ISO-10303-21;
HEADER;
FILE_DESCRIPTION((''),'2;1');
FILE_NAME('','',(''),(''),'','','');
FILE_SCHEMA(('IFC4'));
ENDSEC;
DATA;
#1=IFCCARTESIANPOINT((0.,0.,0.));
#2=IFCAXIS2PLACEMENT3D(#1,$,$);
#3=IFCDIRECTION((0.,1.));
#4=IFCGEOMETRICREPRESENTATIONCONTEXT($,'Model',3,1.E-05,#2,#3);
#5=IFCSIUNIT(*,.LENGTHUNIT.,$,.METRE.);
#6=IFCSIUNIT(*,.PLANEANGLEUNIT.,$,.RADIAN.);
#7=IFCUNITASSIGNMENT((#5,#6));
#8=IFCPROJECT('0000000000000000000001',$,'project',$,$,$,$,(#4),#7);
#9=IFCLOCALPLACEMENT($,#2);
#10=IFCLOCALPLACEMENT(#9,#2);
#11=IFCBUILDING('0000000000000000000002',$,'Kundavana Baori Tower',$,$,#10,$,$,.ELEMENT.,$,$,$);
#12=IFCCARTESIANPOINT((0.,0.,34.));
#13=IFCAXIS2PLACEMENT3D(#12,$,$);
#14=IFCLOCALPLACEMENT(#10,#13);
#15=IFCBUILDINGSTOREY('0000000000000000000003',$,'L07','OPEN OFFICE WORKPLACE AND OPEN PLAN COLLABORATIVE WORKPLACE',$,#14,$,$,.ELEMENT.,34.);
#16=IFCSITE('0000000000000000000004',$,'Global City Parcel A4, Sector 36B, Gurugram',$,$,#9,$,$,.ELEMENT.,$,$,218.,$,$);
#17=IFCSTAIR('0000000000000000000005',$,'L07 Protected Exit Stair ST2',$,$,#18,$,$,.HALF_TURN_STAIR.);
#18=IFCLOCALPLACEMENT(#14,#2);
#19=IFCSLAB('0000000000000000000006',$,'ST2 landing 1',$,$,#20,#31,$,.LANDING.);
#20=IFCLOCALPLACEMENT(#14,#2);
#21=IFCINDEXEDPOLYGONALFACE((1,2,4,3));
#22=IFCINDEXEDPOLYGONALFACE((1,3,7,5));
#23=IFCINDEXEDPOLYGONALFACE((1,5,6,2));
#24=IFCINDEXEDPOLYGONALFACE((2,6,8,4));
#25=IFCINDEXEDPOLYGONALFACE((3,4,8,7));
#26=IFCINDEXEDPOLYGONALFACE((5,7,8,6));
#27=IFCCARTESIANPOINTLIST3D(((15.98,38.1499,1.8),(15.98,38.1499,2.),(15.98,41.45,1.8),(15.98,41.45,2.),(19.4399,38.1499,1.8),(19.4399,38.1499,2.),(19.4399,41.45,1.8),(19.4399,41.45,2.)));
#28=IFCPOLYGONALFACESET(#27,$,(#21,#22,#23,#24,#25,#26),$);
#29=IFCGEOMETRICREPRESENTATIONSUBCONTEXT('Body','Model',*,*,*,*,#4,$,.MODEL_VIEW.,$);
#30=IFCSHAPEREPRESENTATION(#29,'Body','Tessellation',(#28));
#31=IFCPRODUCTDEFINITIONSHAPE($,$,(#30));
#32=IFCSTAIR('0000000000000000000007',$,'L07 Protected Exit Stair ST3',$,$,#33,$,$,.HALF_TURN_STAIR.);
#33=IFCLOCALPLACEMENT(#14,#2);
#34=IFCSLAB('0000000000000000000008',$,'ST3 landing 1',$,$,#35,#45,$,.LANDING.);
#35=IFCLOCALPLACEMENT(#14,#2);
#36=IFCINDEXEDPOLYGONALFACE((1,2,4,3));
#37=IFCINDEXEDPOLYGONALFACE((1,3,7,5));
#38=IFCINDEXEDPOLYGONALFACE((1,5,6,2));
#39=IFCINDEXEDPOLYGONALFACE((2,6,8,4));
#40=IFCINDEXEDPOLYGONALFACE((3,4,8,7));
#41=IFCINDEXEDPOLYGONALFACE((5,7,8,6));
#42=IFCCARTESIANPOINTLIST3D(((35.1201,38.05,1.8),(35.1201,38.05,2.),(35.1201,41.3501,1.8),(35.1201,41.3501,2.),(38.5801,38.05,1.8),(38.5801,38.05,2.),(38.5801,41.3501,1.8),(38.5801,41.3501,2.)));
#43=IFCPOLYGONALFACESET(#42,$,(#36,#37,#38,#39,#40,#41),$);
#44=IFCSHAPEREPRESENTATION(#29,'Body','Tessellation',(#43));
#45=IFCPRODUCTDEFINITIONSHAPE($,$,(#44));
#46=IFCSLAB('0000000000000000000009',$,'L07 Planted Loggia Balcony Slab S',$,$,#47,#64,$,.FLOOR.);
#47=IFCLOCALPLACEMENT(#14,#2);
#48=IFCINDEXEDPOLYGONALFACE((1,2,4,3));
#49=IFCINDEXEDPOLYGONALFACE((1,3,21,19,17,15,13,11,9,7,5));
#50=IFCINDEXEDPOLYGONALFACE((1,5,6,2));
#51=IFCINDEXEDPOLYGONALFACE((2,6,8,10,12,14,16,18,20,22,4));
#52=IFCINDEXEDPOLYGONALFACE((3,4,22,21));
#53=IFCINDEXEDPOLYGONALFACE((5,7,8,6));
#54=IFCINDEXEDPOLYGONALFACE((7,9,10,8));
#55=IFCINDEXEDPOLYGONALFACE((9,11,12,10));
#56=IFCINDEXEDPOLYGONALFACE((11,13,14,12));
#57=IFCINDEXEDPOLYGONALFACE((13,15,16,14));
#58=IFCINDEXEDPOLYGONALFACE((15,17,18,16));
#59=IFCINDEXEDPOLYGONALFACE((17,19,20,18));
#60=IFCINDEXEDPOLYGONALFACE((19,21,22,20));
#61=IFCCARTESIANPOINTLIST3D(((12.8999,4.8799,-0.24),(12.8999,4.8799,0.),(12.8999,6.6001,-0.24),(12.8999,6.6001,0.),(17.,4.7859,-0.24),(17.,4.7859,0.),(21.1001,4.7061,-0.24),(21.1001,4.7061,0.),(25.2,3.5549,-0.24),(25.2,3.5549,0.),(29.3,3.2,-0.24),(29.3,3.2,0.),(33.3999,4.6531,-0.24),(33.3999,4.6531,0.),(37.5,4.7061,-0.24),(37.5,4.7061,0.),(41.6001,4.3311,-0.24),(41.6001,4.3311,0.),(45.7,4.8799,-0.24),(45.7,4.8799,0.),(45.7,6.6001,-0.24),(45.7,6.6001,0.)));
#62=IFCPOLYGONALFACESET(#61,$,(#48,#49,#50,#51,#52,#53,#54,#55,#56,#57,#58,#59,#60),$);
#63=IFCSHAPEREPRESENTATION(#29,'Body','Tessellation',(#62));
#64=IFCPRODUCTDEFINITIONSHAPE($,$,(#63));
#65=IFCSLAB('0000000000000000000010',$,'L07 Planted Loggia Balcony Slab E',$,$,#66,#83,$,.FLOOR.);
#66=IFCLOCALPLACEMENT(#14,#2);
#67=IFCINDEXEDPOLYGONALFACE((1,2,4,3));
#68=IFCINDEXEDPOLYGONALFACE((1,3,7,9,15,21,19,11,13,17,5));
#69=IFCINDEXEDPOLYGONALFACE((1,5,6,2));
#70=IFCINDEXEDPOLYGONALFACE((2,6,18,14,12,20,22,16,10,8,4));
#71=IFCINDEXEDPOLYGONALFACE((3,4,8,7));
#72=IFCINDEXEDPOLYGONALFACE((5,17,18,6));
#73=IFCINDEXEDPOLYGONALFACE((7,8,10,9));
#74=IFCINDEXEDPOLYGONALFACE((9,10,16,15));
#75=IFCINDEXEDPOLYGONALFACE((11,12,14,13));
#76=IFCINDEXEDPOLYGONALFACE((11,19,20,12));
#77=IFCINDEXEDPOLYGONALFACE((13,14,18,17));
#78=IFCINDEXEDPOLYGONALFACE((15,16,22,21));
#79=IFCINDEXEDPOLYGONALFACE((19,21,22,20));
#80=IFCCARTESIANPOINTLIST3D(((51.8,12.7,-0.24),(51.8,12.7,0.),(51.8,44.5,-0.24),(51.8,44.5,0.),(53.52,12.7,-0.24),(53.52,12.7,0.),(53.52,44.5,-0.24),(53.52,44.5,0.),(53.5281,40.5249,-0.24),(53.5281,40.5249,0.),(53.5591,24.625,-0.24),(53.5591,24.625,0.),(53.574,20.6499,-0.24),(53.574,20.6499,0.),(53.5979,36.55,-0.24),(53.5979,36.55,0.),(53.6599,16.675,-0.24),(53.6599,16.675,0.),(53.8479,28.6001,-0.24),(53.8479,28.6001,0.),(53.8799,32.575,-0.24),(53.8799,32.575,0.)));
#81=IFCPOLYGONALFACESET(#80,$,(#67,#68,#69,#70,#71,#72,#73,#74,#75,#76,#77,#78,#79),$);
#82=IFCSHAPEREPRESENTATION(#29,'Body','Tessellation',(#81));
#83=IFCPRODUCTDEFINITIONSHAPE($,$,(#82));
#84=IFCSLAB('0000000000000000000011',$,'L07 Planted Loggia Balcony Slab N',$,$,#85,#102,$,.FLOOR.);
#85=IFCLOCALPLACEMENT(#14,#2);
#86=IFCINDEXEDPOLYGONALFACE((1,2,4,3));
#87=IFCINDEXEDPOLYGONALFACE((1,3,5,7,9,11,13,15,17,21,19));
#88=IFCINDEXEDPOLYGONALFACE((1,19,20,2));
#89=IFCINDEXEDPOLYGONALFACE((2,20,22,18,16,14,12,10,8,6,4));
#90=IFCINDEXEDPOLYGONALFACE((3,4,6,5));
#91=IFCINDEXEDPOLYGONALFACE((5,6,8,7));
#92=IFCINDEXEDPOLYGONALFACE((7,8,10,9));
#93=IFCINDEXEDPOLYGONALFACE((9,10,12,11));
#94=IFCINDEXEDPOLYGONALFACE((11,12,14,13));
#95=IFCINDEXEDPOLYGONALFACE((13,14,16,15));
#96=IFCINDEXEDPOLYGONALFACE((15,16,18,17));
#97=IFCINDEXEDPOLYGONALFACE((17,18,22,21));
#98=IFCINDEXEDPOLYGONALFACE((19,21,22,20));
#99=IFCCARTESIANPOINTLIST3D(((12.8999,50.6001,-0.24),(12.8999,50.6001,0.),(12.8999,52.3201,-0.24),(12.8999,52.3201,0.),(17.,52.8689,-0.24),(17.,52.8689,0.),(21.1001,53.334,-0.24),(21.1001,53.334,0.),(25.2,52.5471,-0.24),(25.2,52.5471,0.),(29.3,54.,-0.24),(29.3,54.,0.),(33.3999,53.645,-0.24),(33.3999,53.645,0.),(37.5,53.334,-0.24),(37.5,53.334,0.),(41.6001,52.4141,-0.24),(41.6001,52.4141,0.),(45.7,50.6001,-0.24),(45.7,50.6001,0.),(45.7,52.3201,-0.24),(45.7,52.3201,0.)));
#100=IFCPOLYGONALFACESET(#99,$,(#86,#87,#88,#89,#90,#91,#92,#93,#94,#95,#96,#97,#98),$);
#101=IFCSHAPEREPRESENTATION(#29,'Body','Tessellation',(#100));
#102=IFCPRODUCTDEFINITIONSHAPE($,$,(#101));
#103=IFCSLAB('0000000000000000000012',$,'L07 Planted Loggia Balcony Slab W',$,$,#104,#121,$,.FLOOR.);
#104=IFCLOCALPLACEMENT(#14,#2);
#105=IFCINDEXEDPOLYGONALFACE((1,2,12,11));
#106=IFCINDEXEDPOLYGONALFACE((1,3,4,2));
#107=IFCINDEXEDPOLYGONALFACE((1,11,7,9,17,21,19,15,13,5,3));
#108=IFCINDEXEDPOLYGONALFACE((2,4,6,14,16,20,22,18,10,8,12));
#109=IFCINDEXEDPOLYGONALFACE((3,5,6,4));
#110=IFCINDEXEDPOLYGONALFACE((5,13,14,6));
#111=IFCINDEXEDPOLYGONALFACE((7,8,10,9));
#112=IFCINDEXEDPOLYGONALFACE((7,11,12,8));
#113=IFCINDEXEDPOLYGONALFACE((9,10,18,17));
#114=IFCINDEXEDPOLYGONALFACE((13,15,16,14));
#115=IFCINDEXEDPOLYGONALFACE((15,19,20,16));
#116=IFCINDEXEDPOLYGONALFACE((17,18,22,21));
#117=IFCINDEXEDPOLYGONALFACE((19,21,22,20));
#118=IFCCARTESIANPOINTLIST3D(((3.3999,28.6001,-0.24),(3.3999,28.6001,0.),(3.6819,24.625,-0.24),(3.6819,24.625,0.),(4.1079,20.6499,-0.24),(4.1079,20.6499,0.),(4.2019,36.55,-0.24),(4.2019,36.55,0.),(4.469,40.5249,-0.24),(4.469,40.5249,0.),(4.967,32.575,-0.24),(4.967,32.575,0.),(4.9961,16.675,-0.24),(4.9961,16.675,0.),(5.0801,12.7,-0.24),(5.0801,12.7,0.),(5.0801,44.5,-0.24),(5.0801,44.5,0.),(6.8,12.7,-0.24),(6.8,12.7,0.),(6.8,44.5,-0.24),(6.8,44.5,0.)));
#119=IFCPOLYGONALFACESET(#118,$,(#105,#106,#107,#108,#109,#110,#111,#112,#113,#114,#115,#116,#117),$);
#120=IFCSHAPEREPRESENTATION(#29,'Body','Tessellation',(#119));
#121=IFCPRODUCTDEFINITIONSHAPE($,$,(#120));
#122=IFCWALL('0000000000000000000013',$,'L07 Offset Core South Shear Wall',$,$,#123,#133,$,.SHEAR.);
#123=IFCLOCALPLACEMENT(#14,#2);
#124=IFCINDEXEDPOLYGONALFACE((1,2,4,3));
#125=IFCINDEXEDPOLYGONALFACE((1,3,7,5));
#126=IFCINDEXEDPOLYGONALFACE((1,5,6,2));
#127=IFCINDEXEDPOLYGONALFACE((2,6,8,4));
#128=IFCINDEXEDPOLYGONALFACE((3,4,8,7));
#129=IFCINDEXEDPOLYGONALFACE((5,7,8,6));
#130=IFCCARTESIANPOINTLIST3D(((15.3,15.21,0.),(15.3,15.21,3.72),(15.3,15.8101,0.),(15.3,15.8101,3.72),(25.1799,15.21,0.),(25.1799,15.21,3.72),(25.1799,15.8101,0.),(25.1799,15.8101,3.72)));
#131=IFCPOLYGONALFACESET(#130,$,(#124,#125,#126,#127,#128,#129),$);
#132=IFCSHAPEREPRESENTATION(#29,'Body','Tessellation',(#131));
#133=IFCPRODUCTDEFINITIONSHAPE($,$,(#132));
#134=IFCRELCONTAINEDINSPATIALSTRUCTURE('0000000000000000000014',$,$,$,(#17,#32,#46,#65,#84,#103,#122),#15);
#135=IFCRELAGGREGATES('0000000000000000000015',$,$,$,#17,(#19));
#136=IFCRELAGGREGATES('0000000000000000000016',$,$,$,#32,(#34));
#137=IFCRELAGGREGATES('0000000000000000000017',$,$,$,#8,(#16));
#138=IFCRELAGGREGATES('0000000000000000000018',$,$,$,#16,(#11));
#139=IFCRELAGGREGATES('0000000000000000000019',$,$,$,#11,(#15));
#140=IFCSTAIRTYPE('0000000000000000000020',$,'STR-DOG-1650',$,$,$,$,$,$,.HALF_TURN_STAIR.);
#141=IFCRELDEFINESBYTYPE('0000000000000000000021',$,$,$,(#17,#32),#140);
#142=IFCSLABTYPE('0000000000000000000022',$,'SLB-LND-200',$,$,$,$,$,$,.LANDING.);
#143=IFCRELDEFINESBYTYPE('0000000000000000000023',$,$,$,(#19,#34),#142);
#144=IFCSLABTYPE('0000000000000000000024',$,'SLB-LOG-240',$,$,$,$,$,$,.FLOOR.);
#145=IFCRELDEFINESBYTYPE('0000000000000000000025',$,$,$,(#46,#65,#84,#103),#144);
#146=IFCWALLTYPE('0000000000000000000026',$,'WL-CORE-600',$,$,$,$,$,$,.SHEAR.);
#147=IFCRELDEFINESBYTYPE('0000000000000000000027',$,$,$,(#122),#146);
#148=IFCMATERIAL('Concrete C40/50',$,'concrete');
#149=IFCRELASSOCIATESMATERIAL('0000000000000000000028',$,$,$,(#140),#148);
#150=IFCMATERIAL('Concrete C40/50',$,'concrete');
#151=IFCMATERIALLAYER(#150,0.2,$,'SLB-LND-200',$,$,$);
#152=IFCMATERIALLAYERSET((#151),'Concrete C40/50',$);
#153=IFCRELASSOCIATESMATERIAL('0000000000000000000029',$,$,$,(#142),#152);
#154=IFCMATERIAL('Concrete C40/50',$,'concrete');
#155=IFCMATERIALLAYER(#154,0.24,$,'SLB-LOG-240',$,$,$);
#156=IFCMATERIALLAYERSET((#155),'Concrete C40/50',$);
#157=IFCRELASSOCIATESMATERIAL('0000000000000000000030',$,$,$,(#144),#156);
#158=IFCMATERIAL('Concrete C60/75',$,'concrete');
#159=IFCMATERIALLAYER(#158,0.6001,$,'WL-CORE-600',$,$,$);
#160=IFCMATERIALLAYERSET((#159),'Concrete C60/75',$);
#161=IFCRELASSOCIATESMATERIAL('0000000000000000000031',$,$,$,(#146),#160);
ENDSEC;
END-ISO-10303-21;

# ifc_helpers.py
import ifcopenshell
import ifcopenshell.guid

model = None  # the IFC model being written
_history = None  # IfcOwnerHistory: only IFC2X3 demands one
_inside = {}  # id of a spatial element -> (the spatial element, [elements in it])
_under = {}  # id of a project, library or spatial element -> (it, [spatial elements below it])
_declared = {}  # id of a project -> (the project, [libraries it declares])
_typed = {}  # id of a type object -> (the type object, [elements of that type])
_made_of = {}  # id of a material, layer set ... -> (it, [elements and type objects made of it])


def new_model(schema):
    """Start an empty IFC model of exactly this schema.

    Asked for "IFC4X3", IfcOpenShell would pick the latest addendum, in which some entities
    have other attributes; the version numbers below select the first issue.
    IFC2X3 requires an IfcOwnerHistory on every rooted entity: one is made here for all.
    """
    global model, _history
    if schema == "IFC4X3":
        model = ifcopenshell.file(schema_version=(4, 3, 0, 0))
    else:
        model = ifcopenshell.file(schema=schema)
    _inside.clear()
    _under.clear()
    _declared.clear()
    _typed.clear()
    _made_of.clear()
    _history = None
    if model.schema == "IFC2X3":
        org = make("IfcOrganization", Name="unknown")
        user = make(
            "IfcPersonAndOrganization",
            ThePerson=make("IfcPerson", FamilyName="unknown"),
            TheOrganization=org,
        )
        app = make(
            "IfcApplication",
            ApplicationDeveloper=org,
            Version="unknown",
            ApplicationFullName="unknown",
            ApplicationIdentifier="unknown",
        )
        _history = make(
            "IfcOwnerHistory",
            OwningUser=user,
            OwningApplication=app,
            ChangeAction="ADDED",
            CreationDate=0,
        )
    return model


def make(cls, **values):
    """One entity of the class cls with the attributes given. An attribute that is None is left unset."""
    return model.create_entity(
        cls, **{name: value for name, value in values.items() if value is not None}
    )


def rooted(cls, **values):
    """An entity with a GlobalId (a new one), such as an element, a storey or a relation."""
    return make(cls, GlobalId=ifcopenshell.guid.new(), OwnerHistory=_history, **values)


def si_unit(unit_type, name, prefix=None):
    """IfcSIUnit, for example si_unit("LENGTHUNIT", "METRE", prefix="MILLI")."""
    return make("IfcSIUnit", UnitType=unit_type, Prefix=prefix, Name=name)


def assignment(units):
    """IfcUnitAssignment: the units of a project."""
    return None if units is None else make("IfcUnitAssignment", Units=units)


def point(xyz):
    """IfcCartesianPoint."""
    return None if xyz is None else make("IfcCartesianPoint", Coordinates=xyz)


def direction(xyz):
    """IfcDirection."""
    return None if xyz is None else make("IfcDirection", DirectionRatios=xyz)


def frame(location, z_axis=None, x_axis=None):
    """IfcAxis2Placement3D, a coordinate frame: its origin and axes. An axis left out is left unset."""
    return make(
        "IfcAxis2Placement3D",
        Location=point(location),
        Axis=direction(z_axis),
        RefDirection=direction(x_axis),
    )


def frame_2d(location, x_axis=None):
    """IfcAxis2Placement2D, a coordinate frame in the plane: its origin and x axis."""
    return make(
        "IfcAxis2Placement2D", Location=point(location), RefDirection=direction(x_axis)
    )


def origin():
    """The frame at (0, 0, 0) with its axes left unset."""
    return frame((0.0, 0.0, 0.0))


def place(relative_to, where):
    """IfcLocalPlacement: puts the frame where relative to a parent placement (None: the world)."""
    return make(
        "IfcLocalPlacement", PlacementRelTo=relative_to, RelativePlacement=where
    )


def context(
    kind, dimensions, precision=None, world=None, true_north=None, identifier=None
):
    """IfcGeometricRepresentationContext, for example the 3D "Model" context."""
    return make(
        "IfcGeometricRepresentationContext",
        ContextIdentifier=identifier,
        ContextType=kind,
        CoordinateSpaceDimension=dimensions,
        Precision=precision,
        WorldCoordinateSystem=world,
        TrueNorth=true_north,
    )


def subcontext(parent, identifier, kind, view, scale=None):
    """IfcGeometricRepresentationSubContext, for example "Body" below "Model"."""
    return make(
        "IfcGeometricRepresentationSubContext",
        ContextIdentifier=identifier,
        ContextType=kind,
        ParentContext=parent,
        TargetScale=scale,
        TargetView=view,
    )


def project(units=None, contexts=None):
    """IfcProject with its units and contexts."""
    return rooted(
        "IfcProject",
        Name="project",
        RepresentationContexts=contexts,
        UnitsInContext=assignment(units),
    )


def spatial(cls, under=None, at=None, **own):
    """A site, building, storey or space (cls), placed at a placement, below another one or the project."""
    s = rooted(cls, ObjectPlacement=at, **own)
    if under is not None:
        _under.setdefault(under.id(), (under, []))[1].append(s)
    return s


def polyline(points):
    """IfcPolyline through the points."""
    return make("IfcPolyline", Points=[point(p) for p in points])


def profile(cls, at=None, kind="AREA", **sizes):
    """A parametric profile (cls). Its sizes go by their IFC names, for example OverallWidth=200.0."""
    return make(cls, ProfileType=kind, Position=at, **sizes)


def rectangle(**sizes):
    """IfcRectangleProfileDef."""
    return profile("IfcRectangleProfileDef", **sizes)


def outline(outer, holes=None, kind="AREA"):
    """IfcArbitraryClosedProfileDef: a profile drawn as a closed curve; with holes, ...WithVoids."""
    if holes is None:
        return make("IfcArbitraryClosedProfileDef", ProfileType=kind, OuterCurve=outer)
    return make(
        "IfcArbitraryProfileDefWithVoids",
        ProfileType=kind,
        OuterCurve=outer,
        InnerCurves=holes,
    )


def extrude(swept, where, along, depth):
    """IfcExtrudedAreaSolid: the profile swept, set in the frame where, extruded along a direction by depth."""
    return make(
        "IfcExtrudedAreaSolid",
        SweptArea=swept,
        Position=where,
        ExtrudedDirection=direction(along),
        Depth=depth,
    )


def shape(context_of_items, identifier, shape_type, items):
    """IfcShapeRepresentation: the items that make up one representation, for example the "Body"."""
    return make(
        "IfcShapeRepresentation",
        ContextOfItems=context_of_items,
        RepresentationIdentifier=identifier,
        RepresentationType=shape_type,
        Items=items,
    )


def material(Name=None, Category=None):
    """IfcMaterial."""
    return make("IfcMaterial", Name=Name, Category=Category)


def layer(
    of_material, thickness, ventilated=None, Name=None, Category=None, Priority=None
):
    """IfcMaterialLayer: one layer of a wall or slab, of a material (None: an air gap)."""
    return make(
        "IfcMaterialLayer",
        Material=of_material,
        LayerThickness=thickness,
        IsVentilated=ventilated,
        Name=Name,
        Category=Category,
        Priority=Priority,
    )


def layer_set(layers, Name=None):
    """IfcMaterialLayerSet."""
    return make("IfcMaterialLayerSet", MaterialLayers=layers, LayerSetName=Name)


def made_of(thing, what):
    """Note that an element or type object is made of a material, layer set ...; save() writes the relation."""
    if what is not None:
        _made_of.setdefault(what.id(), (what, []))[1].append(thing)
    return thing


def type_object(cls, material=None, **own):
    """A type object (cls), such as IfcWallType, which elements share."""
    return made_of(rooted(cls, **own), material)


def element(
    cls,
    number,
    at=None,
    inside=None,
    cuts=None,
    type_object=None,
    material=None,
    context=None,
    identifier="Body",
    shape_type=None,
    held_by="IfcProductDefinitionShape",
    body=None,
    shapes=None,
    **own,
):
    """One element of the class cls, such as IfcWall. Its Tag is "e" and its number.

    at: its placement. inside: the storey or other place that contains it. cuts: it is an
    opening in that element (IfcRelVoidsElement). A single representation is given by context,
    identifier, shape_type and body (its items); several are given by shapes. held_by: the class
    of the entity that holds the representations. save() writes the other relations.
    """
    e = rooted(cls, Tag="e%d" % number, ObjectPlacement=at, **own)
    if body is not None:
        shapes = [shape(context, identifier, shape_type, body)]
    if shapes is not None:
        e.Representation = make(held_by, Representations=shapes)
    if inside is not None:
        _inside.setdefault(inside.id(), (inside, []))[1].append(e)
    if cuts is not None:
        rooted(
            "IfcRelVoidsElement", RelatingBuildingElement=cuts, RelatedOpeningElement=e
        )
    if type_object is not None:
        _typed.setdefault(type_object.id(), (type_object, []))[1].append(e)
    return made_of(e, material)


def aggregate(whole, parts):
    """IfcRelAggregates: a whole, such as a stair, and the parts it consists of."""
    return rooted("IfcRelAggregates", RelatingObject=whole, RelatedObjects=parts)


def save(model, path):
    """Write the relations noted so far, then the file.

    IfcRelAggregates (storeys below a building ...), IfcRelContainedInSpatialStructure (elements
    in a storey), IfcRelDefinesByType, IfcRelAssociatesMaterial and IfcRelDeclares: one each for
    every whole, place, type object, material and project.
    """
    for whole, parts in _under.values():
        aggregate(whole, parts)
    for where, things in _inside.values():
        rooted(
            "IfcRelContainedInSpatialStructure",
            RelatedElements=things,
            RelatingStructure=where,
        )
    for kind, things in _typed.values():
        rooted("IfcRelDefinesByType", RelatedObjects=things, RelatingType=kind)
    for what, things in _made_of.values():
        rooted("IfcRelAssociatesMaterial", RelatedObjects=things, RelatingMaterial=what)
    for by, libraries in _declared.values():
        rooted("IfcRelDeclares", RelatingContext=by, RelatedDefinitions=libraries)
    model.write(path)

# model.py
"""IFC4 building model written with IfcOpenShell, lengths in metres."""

from ifc_helpers import new_model, si_unit, direction, frame, frame_2d, origin, place, context, subcontext, project, spatial, polyline, rectangle, outline, extrude, material, layer, layer_set, type_object, element, aggregate, save


model = new_model("IFC4")

# Units and contexts
model_context = context("Model", 3, precision=1e-05, world=origin(), true_north=direction((0.0, 1.0)))
body_context = subcontext(model_context, "Body", "Model", "MODEL_VIEW")
ifc_project = project(units=[si_unit("LENGTHUNIT", "METRE"), si_unit("PLANEANGLEUNIT", "RADIAN")], contexts=[model_context])

# Site, building, storey
site_placement = place(None, origin())
site = spatial("IfcSite", under=ifc_project, at=site_placement, Name="Global City Parcel A4, Sector 36B, Gurugram", CompositionType="ELEMENT", RefElevation=218.0)
building_placement = place(site_placement, origin())
building = spatial("IfcBuilding", under=site, at=building_placement, Name="Kundavana Baori Tower", CompositionType="ELEMENT")
storey_placement = place(building_placement, frame((0.0, 0.0, 34.0)))
storey = spatial("IfcBuildingStorey", under=building, at=storey_placement, Name="L07", Description="OPEN OFFICE WORKPLACE AND OPEN PLAN COLLABORATIVE WORKPLACE", CompositionType="ELEMENT", Elevation=34.0)

# Stairs, slabs
ifc_material_1 = material(Name="Concrete C40/50", Category="concrete")
stair_type = type_object("IfcStairType", Name="STR-DOG-1650", PredefinedType="HALF_TURN_STAIR", material=ifc_material_1)
ifc_material_2 = material(Name="Concrete C40/50", Category="concrete")
ifc_layer_1 = layer(ifc_material_2, 0.2, Name="SLB-LND-200")
ifc_layer_set_1 = layer_set([ifc_layer_1], Name="Concrete C40/50")
slab_type_1 = type_object("IfcSlabType", Name="SLB-LND-200", PredefinedType="LANDING", material=ifc_layer_set_1)
stair_1_placement = place(storey_placement, origin())
stair_1 = element("IfcStair", 1, at=stair_1_placement, inside=storey, type_object=stair_type, Name="L07 Protected Exit Stair ST2", PredefinedType="HALF_TURN_STAIR")
slab_1_placement = place(storey_placement, frame((0.0, 0.0, 1.8)))
slab_1 = element("IfcSlab", 2, at=slab_1_placement, type_object=slab_type_1, Name="ST2 landing 1", PredefinedType="LANDING", context=body_context, shape_type="SweptSolid", body=[
    extrude(outline(polyline([(19.4399, 38.1499), (19.4399, 41.45), (15.98, 41.45), (15.98, 38.1499), (19.4399, 38.1499)])), origin(), (0.0, 0.0, 1.0), 0.2),
])
aggregate(stair_1, [slab_1])
stair_2_placement = place(storey_placement, origin())
stair_2 = element("IfcStair", 3, at=stair_2_placement, inside=storey, type_object=stair_type, Name="L07 Protected Exit Stair ST3", PredefinedType="HALF_TURN_STAIR")
slab_2_placement = place(storey_placement, frame((0.0, 0.0, 1.8)))
slab_2 = element("IfcSlab", 4, at=slab_2_placement, type_object=slab_type_1, Name="ST3 landing 1", PredefinedType="LANDING", context=body_context, shape_type="SweptSolid", body=[
    extrude(outline(polyline([(38.5801, 38.05), (38.5801, 41.3501), (35.1201, 41.3501), (35.1201, 38.05), (38.5801, 38.05)])), origin(), (0.0, 0.0, 1.0), 0.2),
])
aggregate(stair_2, [slab_2])

# Slabs
ifc_material_3 = material(Name="Concrete C40/50", Category="concrete")
ifc_layer_2 = layer(ifc_material_3, 0.24, Name="SLB-LOG-240")
ifc_layer_set_2 = layer_set([ifc_layer_2], Name="Concrete C40/50")
slab_type_2 = type_object("IfcSlabType", Name="SLB-LOG-240", PredefinedType="FLOOR", material=ifc_layer_set_2)
slab_3_placement = place(storey_placement, frame((0.0, 0.0, -0.24)))
element("IfcSlab", 5, at=slab_3_placement, inside=storey, type_object=slab_type_2, Name="L07 Planted Loggia Balcony Slab S", PredefinedType="FLOOR", context=body_context, shape_type="SweptSolid", body=[
    extrude(outline(polyline([(12.8999, 6.6001), (45.7, 6.6001), (45.7, 4.8799), (41.6001, 4.3311), (37.5, 4.7061), (33.3999, 4.6531), (29.3, 3.2), (25.2, 3.5549), (21.1001, 4.7061), (17.0, 4.7859), (12.8999, 4.8799), (12.8999, 6.6001)])), origin(), (0.0, 0.0, 1.0), 0.24),
])
slab_4_placement = place(storey_placement, frame((0.0, 0.0, -0.24)))
element("IfcSlab", 6, at=slab_4_placement, inside=storey, type_object=slab_type_2, Name="L07 Planted Loggia Balcony Slab E", PredefinedType="FLOOR", context=body_context, shape_type="SweptSolid", body=[
    extrude(outline(polyline([(51.8, 12.7), (51.8, 44.5), (53.52, 44.5), (53.5281, 40.5249), (53.5979, 36.55), (53.8799, 32.575), (53.8479, 28.6001), (53.5591, 24.625), (53.574, 20.6499), (53.6599, 16.675), (53.52, 12.7), (51.8, 12.7)])), origin(), (0.0, 0.0, 1.0), 0.24),
])
slab_5_placement = place(storey_placement, frame((0.0, 0.0, -0.24)))
element("IfcSlab", 7, at=slab_5_placement, inside=storey, type_object=slab_type_2, Name="L07 Planted Loggia Balcony Slab N", PredefinedType="FLOOR", context=body_context, shape_type="SweptSolid", body=[
    extrude(outline(polyline([(45.7, 50.6001), (12.8999, 50.6001), (12.8999, 52.3201), (17.0, 52.8689), (21.1001, 53.334), (25.2, 52.5471), (29.3, 54.0), (33.3999, 53.645), (37.5, 53.334), (41.6001, 52.4141), (45.7, 52.3201), (45.7, 50.6001)])), origin(), (0.0, 0.0, 1.0), 0.24),
])
slab_6_placement = place(storey_placement, frame((0.0, 0.0, -0.24)))
element("IfcSlab", 8, at=slab_6_placement, inside=storey, type_object=slab_type_2, Name="L07 Planted Loggia Balcony Slab W", PredefinedType="FLOOR", context=body_context, shape_type="SweptSolid", body=[
    extrude(outline(polyline([(6.8, 44.5), (6.8, 12.7), (5.0801, 12.7), (4.9961, 16.675), (4.1079, 20.6499), (3.6819, 24.625), (3.3999, 28.6001), (4.967, 32.575), (4.2019, 36.55), (4.469, 40.5249), (5.0801, 44.5), (6.8, 44.5)])), origin(), (0.0, 0.0, 1.0), 0.24),
])

# Wall
ifc_material_4 = material(Name="Concrete C60/75", Category="concrete")
ifc_layer_3 = layer(ifc_material_4, 0.6001, Name="WL-CORE-600")
ifc_layer_set_3 = layer_set([ifc_layer_3], Name="Concrete C60/75")
wall_type_1 = type_object("IfcWallType", Name="WL-CORE-600", PredefinedType="SHEAR", material=ifc_layer_set_3)
wall_1_placement = place(storey_placement, frame((15.3, 15.51, 0.0), z_axis=(0.0, 0.0, 1.0), x_axis=(1.0, 0.0, 0.0)))
element("IfcWall", 9, at=wall_1_placement, inside=storey, type_object=wall_type_1, Name="L07 Offset Core South Shear Wall", PredefinedType="SHEAR", context=body_context, shape_type="SweptSolid", body=[
    extrude(rectangle(XDim=9.8799, YDim=0.6001, at=frame_2d((4.9399, 0.0))), origin(), (0.0, 0.0, 1.0), 3.72),
])

save(model, "model.ifc")
